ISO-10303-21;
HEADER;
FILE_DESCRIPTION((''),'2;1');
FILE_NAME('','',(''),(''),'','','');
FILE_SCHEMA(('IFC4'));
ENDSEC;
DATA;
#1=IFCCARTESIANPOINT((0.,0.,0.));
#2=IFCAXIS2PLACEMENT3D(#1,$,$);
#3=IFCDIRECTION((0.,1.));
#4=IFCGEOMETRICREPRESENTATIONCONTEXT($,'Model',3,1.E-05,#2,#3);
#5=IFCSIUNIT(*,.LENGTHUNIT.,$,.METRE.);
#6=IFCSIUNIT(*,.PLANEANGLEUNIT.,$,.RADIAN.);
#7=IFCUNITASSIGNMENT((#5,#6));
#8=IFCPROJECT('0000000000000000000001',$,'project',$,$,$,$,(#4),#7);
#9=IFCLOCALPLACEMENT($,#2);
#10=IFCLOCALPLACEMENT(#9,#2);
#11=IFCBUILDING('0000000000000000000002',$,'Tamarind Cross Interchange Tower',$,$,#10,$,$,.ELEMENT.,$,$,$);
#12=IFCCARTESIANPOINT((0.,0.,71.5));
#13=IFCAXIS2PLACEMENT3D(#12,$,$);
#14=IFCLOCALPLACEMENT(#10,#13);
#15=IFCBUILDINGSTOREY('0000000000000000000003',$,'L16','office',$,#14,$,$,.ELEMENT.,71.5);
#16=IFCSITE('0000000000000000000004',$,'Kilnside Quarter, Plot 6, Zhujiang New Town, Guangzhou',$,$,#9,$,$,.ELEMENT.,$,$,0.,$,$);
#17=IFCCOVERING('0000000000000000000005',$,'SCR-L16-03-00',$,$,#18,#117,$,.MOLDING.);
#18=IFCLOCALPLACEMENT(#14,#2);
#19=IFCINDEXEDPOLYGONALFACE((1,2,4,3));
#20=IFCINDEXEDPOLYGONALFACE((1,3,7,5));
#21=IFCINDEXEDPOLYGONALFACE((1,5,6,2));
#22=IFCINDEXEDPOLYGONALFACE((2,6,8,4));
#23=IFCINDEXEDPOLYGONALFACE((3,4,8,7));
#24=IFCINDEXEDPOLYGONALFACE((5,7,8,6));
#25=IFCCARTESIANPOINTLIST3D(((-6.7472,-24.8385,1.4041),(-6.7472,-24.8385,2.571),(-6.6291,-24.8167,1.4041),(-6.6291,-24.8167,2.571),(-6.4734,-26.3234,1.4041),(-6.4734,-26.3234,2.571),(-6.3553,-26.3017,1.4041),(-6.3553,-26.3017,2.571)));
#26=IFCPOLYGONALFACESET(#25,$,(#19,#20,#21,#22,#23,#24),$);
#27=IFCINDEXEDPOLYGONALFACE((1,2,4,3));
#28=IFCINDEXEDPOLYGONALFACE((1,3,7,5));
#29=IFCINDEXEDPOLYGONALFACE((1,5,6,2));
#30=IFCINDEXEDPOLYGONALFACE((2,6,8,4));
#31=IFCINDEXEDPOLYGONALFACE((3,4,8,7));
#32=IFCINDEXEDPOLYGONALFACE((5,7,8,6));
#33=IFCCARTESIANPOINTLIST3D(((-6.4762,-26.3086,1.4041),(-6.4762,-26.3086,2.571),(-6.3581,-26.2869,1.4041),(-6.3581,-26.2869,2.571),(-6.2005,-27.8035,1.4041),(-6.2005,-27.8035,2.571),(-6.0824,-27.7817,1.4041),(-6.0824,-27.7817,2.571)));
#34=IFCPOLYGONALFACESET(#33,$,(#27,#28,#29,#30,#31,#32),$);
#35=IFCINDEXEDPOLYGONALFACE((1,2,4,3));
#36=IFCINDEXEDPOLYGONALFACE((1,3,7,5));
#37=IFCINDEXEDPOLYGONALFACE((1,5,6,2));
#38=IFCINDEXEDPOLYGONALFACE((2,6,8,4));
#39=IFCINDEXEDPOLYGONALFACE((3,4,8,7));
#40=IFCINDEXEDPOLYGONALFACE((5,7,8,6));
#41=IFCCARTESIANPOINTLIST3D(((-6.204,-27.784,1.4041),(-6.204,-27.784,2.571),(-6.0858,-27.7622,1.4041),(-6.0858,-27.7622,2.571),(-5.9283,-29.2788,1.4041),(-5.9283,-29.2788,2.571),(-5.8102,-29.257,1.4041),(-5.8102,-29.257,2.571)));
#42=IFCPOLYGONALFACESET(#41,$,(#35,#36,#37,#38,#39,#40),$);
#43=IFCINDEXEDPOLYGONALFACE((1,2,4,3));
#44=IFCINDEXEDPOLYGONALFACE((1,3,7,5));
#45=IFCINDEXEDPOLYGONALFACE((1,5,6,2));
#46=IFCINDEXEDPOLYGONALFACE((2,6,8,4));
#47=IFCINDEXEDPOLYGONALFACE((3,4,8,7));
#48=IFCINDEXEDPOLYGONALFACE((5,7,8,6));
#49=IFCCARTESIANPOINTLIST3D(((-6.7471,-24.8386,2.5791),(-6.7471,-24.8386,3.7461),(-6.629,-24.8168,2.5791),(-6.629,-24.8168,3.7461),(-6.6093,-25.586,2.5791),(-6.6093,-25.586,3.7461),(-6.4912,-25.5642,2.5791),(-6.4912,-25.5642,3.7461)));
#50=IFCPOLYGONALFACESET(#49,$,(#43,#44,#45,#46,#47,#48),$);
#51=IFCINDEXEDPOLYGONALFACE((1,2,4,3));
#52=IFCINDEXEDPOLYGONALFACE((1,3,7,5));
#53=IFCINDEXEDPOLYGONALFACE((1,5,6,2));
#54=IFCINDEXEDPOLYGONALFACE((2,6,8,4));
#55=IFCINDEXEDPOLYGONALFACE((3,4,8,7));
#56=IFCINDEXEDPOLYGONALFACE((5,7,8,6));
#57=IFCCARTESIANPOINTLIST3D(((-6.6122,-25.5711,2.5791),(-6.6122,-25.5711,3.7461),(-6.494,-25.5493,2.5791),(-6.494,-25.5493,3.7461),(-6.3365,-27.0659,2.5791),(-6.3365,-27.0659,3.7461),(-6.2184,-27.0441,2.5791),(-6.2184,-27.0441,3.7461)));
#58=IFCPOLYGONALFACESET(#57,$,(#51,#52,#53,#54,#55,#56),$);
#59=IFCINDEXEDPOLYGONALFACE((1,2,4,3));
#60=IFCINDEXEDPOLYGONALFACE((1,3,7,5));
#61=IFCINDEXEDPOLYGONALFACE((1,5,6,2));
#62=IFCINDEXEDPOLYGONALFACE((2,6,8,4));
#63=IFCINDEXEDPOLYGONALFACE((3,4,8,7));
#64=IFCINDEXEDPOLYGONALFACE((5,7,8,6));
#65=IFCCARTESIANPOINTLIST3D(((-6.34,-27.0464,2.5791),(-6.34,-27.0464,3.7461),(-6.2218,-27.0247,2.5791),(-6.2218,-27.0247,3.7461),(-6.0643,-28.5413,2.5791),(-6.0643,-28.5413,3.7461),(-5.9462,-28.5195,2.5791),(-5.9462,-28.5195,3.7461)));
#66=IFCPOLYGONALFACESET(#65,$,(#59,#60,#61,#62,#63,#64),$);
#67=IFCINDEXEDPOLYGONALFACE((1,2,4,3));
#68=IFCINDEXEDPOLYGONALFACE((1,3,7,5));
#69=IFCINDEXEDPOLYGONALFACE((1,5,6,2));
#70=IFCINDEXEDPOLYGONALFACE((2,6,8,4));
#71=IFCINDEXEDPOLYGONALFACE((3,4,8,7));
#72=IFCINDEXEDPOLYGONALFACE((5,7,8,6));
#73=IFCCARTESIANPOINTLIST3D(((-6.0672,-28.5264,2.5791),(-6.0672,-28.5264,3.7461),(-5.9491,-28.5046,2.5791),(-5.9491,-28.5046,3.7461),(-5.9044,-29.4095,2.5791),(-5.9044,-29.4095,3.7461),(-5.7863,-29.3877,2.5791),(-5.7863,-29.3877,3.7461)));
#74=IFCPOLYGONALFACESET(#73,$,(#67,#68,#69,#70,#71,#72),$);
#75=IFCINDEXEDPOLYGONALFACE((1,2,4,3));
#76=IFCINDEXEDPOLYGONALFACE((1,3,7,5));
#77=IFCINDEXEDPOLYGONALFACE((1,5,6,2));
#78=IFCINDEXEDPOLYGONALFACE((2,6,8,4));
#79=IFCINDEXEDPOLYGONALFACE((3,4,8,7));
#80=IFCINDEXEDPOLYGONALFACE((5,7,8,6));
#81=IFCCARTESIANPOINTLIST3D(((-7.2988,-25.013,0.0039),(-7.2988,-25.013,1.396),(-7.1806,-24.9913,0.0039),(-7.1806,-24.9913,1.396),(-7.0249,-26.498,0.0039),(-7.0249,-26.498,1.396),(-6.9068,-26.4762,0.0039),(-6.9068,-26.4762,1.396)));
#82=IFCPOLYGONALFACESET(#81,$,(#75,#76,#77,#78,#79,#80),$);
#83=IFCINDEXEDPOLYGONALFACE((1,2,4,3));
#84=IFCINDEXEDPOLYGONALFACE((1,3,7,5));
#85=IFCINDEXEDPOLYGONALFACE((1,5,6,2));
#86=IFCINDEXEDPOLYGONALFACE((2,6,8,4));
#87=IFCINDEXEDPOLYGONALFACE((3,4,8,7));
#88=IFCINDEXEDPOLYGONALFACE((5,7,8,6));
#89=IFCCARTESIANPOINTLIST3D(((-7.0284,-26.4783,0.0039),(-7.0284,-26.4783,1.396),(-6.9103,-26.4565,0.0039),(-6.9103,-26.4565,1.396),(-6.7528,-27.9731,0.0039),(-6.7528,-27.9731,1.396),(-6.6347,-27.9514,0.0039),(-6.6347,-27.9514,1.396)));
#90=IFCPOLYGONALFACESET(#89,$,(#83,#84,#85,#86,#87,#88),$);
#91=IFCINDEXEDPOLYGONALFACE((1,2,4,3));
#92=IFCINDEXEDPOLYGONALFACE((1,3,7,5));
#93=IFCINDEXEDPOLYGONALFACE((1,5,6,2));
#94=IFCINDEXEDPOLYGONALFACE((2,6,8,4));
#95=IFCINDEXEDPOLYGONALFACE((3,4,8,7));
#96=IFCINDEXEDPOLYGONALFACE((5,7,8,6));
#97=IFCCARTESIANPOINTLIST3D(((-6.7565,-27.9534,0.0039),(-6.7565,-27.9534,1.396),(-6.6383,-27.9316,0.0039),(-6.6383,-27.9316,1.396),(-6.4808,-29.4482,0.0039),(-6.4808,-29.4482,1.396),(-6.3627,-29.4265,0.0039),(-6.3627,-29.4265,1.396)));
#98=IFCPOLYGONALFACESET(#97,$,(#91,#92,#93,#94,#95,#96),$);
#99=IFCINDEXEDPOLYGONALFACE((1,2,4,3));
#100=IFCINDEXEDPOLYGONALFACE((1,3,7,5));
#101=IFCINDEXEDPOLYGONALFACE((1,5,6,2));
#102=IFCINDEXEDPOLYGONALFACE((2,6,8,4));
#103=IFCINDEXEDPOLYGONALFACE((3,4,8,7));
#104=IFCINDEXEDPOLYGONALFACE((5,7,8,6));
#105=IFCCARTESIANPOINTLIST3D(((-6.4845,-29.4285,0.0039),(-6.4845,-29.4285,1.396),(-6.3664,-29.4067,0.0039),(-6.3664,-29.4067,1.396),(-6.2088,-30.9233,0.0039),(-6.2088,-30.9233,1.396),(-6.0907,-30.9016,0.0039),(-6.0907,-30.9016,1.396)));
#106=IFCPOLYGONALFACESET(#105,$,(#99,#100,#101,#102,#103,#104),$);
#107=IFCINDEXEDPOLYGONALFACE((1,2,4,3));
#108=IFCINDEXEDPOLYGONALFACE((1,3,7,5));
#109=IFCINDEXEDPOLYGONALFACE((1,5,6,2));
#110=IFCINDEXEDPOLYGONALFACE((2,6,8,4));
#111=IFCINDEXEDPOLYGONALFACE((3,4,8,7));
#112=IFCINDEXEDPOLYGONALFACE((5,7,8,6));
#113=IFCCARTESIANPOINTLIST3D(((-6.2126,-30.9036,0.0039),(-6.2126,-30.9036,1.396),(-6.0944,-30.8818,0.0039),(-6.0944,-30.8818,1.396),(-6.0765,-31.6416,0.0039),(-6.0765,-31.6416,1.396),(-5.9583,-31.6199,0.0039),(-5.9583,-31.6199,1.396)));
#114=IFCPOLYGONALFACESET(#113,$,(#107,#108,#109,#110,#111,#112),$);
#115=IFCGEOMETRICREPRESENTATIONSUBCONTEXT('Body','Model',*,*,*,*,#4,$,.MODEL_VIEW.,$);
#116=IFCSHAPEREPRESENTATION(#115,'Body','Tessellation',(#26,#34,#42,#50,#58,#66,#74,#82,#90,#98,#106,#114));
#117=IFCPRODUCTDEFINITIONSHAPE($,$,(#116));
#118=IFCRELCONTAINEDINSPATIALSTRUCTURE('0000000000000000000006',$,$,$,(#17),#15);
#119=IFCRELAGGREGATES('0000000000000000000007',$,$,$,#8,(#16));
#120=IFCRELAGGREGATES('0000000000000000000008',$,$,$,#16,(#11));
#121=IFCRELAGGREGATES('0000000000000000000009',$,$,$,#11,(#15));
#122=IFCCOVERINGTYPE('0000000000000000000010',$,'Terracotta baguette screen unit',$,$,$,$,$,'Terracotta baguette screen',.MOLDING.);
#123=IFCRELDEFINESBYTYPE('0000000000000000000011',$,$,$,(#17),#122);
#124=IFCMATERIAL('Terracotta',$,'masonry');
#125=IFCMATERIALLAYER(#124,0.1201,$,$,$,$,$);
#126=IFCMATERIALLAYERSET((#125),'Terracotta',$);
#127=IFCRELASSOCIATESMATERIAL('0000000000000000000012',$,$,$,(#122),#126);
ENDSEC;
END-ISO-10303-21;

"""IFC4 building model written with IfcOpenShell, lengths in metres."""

from ifc_helpers import new_model, si_unit, direction, frame, origin, origin_2d, place, context, subcontext, project, spatial, rectangle, extrude, material, layer, layer_set, type_object, element, save


model = new_model("IFC4")

# Units and contexts
model_context = context("Model", 3, precision=1e-05, world=origin(), true_north=direction((0.0, 1.0)))
body_context = subcontext(model_context, "Body", "Model", "MODEL_VIEW")
ifc_project = project(units=[si_unit("LENGTHUNIT", "METRE"), si_unit("PLANEANGLEUNIT", "RADIAN")], contexts=[model_context])

# Site, building, storey
site_placement = place(None, origin())
site = spatial("IfcSite", under=ifc_project, at=site_placement, Name="Kilnside Quarter, Plot 6, Zhujiang New Town, Guangzhou", CompositionType="ELEMENT", RefElevation=0.0)
building_placement = place(site_placement, origin())
building = spatial("IfcBuilding", under=site, at=building_placement, Name="Tamarind Cross Interchange Tower", CompositionType="ELEMENT")
storey_placement = place(building_placement, frame((0.0, 0.0, 71.5)))
storey = spatial("IfcBuildingStorey", under=building, at=storey_placement, Name="L16", Description="office", CompositionType="ELEMENT", Elevation=71.5)

# Covering
ifc_material_1 = material(Name="Terracotta", Category="masonry")
ifc_layer_1 = layer(ifc_material_1, 0.1201)
ifc_layer_set_1 = layer_set([ifc_layer_1], Name="Terracotta")
covering_type = type_object("IfcCoveringType", Name="Terracotta baguette screen unit", ElementType="Terracotta baguette screen", PredefinedType="MOLDING", material=ifc_layer_set_1)
covering_1_placement = place(storey_placement, origin())
element("IfcCovering", 1, at=covering_1_placement, inside=storey, type_object=covering_type, Name="SCR-L16-03-00", PredefinedType="MOLDING", context=body_context, shape_type="SweptSolid", body=[
    extrude(rectangle(XDim=1.51, YDim=0.1201, at=origin_2d()), frame((-6.5513, -25.5701, 1.4041), z_axis=(0.0, 0.0, 1.0), x_axis=(0.181343, -0.98342, 0.0)), (0.0, 0.0, 1.0), 1.167),
    extrude(rectangle(XDim=1.52, YDim=0.1201, at=origin_2d()), frame((-6.2793, -27.0452, 1.4041), z_axis=(0.0, 0.0, 1.0), x_axis=(0.181343, -0.98342, 0.0)), (0.0, 0.0, 1.0), 1.167),
    extrude(rectangle(XDim=1.52, YDim=0.1201, at=origin_2d()), frame((-6.0071, -28.5205, 1.4041), z_axis=(0.0, 0.0, 1.0), x_axis=(0.181343, -0.98342, 0.0)), (0.0, 0.0, 1.0), 1.167),
    extrude(rectangle(XDim=0.76, YDim=0.1201, at=origin_2d()), frame((-6.6191, -25.2014, 2.5791), z_axis=(0.0, 0.0, 1.0), x_axis=(0.181343, -0.98342, 0.0)), (0.0, 0.0, 1.0), 1.167),
    extrude(rectangle(XDim=1.52, YDim=0.1201, at=origin_2d()), frame((-6.4153, -26.3076, 2.5791), z_axis=(0.0, 0.0, 1.0), x_axis=(0.181343, -0.98342, 0.0)), (0.0, 0.0, 1.0), 1.167),
    extrude(rectangle(XDim=1.52, YDim=0.1201, at=origin_2d()), frame((-6.1431, -27.783, 2.5791), z_axis=(0.0, 0.0, 1.0), x_axis=(0.181343, -0.98342, 0.0)), (0.0, 0.0, 1.0), 1.167),
    extrude(rectangle(XDim=0.8979, YDim=0.1201, at=origin_2d()), frame((-5.9268, -28.957, 2.5791), z_axis=(0.0, 0.0, 1.0), x_axis=(0.181343, -0.98342, 0.0)), (0.0, 0.0, 1.0), 1.167),
    extrude(rectangle(XDim=1.51, YDim=0.1201, at=origin_2d()), frame((-7.1028, -25.7446, 0.0039), z_axis=(0.0, 0.0, 1.0), x_axis=(0.181343, -0.98342, 0.0)), (0.0, 0.0, 1.0), 1.3921),
    extrude(rectangle(XDim=1.52, YDim=0.1201, at=origin_2d()), frame((-6.8315, -27.2148, 0.0039), z_axis=(0.0, 0.0, 1.0), x_axis=(0.181343, -0.98342, 0.0)), (0.0, 0.0, 1.0), 1.3921),
    extrude(rectangle(XDim=1.52, YDim=0.1201, at=origin_2d()), frame((-6.5596, -28.6899, 0.0039), z_axis=(0.0, 0.0, 1.0), x_axis=(0.181343, -0.98342, 0.0)), (0.0, 0.0, 1.0), 1.3921),
    extrude(rectangle(XDim=1.52, YDim=0.1201, at=origin_2d()), frame((-6.2876, -30.165, 0.0039), z_axis=(0.0, 0.0, 1.0), x_axis=(0.181343, -0.98342, 0.0)), (0.0, 0.0, 1.0), 1.3921),
    extrude(rectangle(XDim=0.7505, YDim=0.1201, at=origin_2d()), frame((-6.0854, -31.2617, 0.0039), z_axis=(0.0, 0.0, 1.0), x_axis=(0.181343, -0.98342, 0.0)), (0.0, 0.0, 1.0), 1.3921),
])

save(model, "model.ifc")
